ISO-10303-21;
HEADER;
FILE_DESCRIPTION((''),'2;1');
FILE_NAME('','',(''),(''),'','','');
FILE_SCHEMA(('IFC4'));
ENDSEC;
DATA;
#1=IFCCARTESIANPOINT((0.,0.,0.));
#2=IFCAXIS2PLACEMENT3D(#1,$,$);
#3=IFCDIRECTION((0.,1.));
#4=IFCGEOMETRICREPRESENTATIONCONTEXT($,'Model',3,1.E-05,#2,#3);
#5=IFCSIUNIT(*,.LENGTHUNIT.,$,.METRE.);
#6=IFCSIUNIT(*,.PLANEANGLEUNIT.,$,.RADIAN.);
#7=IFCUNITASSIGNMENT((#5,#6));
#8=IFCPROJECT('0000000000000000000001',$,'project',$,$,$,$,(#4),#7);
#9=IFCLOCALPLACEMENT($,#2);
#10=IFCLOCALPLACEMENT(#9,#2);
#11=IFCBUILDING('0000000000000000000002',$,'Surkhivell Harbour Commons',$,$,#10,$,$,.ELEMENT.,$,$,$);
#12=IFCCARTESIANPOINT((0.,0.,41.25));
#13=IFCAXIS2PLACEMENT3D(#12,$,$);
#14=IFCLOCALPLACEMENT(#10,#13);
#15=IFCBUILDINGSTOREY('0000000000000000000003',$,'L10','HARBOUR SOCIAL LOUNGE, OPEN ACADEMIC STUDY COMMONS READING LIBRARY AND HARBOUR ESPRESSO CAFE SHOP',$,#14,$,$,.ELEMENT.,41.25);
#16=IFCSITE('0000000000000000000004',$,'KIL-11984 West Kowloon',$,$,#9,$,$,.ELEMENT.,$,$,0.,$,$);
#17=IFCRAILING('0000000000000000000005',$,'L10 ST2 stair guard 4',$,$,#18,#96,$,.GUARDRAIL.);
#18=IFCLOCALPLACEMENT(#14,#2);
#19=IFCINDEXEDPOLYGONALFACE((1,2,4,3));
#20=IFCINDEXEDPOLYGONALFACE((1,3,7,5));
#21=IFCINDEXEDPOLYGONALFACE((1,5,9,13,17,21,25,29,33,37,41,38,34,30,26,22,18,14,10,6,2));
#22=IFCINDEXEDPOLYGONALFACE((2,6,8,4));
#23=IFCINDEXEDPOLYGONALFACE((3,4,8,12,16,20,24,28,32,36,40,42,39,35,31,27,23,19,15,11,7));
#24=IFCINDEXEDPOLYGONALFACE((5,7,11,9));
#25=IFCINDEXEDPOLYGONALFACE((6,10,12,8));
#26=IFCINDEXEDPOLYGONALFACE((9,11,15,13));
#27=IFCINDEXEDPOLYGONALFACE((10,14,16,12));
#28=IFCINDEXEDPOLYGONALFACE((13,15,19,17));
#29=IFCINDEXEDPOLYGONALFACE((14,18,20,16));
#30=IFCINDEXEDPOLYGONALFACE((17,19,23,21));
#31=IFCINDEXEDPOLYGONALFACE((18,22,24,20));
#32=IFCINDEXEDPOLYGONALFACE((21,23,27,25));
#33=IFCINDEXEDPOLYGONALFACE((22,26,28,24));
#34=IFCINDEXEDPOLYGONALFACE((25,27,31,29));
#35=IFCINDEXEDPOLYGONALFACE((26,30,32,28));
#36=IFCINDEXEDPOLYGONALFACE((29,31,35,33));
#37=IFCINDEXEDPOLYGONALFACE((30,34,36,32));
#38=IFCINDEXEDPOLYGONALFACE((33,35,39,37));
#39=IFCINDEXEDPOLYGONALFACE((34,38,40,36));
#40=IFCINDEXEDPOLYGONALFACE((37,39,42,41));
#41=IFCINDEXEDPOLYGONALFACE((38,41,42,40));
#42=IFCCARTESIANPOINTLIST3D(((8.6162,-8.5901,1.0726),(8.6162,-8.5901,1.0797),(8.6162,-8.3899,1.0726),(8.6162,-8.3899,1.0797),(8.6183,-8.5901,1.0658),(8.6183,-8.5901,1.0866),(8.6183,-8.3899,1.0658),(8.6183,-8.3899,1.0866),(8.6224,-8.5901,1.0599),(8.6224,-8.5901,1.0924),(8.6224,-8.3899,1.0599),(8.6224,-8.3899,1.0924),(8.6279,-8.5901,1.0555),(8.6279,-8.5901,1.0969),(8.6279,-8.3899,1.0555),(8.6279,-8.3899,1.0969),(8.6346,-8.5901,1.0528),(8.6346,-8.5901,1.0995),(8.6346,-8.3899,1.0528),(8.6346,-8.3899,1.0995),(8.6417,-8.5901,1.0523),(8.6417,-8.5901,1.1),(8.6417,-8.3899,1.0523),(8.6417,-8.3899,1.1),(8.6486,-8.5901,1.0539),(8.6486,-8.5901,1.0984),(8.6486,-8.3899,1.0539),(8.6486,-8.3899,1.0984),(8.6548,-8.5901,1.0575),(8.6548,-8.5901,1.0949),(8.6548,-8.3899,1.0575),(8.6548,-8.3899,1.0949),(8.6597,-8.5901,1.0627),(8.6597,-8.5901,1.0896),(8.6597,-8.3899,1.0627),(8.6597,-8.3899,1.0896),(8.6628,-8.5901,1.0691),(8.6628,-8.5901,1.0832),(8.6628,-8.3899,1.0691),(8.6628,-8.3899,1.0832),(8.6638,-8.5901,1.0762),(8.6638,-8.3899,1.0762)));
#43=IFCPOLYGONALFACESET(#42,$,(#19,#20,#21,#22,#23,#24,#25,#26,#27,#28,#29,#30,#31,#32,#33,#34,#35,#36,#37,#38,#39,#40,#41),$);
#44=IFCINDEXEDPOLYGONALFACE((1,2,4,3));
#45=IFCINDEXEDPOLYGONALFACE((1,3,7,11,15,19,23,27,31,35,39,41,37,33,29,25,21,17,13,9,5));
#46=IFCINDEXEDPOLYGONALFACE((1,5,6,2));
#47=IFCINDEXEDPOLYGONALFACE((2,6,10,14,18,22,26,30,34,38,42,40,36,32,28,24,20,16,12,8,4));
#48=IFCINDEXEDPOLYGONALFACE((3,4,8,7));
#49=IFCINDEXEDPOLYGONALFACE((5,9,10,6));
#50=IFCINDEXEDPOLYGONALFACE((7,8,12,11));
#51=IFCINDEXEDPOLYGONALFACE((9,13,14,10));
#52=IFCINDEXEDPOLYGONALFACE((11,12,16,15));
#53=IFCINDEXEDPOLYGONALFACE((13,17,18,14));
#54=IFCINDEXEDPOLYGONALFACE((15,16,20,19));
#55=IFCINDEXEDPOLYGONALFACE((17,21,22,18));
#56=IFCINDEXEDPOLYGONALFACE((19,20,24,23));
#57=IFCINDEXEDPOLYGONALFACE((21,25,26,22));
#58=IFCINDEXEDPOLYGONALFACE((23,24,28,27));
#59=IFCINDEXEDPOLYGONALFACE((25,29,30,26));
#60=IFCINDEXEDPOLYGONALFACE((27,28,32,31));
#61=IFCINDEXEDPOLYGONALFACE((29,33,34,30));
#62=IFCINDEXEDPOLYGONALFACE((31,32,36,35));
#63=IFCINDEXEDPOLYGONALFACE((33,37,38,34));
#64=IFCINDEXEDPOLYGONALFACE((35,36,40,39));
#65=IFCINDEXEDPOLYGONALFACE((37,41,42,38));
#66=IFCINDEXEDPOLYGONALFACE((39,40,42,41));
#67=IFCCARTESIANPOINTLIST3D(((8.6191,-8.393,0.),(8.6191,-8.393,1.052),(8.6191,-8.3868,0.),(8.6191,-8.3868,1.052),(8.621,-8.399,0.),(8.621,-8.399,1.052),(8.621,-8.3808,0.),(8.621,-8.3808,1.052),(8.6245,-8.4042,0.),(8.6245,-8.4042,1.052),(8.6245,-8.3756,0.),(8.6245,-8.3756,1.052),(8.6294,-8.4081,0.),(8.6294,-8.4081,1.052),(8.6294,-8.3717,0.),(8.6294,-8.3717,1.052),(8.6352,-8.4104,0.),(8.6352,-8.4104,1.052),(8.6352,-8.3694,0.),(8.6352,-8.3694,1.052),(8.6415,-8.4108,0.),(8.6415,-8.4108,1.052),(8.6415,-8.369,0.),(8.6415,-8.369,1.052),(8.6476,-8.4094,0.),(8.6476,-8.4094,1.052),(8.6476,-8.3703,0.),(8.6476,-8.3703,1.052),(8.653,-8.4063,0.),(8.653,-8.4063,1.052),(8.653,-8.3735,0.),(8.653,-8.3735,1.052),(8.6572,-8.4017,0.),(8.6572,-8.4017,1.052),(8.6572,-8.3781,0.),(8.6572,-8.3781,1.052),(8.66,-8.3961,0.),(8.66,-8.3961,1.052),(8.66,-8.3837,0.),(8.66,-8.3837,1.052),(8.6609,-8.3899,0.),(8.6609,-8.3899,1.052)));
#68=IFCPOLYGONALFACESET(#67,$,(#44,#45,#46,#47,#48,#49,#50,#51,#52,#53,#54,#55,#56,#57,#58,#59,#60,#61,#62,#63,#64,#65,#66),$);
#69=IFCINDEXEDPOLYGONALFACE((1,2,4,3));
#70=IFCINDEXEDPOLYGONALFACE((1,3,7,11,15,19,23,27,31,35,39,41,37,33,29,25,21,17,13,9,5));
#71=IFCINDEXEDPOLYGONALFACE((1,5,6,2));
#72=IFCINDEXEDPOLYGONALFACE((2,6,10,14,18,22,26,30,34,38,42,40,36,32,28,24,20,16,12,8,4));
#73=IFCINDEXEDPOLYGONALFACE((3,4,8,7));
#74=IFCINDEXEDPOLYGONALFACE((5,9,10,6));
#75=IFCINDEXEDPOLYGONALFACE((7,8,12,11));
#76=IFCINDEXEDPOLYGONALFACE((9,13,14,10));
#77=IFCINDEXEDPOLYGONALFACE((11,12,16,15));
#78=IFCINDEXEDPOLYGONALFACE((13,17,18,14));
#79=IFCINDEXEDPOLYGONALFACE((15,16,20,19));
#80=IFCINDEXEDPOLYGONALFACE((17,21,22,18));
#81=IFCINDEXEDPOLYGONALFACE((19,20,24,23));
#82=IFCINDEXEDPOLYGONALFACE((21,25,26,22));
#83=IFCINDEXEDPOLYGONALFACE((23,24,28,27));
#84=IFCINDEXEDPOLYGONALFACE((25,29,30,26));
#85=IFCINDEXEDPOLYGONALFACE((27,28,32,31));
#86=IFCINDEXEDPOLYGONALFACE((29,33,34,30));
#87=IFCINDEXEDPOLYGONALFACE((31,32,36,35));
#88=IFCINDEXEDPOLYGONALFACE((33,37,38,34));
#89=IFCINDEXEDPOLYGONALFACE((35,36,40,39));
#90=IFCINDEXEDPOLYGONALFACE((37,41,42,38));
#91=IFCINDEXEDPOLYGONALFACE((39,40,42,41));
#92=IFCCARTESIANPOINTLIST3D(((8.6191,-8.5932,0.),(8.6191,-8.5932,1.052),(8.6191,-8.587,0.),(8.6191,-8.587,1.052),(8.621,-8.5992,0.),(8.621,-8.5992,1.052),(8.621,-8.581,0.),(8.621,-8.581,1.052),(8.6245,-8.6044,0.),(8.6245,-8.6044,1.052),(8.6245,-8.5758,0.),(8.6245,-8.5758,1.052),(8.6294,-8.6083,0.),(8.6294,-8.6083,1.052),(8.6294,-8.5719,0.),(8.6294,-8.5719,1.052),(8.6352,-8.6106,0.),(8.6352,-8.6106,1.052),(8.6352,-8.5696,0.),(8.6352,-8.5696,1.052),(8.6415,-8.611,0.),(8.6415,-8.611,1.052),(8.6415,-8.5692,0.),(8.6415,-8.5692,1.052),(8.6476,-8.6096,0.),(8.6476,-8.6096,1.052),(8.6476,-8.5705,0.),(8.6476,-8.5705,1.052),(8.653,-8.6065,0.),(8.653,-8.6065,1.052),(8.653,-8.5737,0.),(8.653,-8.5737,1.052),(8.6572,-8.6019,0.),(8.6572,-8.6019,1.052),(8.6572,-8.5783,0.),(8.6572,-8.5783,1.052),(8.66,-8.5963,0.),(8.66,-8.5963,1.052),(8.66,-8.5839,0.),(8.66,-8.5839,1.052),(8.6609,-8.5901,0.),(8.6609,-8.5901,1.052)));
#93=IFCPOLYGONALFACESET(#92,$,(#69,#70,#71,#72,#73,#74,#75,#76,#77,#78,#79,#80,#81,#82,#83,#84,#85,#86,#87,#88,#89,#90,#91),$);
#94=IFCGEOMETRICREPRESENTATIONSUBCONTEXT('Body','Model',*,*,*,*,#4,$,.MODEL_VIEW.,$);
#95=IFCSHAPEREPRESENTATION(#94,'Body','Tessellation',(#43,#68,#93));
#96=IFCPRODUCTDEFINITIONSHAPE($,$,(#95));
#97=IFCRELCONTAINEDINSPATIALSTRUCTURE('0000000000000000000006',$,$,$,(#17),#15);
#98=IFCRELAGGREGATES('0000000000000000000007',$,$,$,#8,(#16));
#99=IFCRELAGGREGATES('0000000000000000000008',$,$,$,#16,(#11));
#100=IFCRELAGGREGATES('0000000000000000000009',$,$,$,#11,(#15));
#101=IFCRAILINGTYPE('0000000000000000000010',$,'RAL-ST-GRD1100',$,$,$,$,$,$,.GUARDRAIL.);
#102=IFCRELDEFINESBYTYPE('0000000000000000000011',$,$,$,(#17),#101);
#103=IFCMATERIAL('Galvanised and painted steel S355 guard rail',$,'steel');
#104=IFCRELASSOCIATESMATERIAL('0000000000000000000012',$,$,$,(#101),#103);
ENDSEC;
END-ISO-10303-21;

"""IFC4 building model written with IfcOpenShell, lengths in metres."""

from ifc_helpers import new_model, si_unit, direction, frame, origin, origin_2d, place, context, subcontext, project, spatial, circle, extrude, material, type_object, element, save


model = new_model("IFC4")

# Units and contexts
model_context = context("Model", 3, precision=1e-05, world=origin(), true_north=direction((0.0, 1.0)))
body_context = subcontext(model_context, "Body", "Model", "MODEL_VIEW")
ifc_project = project(units=[si_unit("LENGTHUNIT", "METRE"), si_unit("PLANEANGLEUNIT", "RADIAN")], contexts=[model_context])

# Site, building, storey
site_placement = place(None, origin())
site = spatial("IfcSite", under=ifc_project, at=site_placement, Name="KIL-11984 West Kowloon", CompositionType="ELEMENT", RefElevation=0.0)
building_placement = place(site_placement, origin())
building = spatial("IfcBuilding", under=site, at=building_placement, Name="Surkhivell Harbour Commons", CompositionType="ELEMENT")
storey_placement = place(building_placement, frame((0.0, 0.0, 41.25)))
storey = spatial("IfcBuildingStorey", under=building, at=storey_placement, Name="L10", Description="HARBOUR SOCIAL LOUNGE, OPEN ACADEMIC STUDY COMMONS READING LIBRARY AND HARBOUR ESPRESSO CAFE SHOP", CompositionType="ELEMENT", Elevation=41.25)

# Railing
ifc_material_1 = material(Name="Galvanised and painted steel S355 guard rail", Category="steel")
railing_type_1 = type_object("IfcRailingType", Name="RAL-ST-GRD1100", PredefinedType="GUARDRAIL", material=ifc_material_1)
railing_1_placement = place(storey_placement, frame((8.6399, -8.3899, 0.0)))
element("IfcRailing", 1, at=railing_1_placement, inside=storey, type_object=railing_type_1, Name="L10 ST2 stair guard 4", PredefinedType="GUARDRAIL", context=body_context, shape_type="SweptSolid", body=[
    extrude(circle(Radius=0.0239, at=origin_2d()), frame((0.0, 0.0, 1.0762), z_axis=(0.0, -1.0, 0.0), x_axis=(1.0, 0.0, 0.0)), (0.0, 0.0, 1.0), 0.2002),
    extrude(circle(Radius=0.021, at=origin_2d()), origin(), (0.0, 0.0, 1.0), 1.052),
    extrude(circle(Radius=0.021, at=origin_2d()), frame((0.0, -0.2002, 0.0)), (0.0, 0.0, 1.0), 1.052),
])

save(model, "model.ifc")
